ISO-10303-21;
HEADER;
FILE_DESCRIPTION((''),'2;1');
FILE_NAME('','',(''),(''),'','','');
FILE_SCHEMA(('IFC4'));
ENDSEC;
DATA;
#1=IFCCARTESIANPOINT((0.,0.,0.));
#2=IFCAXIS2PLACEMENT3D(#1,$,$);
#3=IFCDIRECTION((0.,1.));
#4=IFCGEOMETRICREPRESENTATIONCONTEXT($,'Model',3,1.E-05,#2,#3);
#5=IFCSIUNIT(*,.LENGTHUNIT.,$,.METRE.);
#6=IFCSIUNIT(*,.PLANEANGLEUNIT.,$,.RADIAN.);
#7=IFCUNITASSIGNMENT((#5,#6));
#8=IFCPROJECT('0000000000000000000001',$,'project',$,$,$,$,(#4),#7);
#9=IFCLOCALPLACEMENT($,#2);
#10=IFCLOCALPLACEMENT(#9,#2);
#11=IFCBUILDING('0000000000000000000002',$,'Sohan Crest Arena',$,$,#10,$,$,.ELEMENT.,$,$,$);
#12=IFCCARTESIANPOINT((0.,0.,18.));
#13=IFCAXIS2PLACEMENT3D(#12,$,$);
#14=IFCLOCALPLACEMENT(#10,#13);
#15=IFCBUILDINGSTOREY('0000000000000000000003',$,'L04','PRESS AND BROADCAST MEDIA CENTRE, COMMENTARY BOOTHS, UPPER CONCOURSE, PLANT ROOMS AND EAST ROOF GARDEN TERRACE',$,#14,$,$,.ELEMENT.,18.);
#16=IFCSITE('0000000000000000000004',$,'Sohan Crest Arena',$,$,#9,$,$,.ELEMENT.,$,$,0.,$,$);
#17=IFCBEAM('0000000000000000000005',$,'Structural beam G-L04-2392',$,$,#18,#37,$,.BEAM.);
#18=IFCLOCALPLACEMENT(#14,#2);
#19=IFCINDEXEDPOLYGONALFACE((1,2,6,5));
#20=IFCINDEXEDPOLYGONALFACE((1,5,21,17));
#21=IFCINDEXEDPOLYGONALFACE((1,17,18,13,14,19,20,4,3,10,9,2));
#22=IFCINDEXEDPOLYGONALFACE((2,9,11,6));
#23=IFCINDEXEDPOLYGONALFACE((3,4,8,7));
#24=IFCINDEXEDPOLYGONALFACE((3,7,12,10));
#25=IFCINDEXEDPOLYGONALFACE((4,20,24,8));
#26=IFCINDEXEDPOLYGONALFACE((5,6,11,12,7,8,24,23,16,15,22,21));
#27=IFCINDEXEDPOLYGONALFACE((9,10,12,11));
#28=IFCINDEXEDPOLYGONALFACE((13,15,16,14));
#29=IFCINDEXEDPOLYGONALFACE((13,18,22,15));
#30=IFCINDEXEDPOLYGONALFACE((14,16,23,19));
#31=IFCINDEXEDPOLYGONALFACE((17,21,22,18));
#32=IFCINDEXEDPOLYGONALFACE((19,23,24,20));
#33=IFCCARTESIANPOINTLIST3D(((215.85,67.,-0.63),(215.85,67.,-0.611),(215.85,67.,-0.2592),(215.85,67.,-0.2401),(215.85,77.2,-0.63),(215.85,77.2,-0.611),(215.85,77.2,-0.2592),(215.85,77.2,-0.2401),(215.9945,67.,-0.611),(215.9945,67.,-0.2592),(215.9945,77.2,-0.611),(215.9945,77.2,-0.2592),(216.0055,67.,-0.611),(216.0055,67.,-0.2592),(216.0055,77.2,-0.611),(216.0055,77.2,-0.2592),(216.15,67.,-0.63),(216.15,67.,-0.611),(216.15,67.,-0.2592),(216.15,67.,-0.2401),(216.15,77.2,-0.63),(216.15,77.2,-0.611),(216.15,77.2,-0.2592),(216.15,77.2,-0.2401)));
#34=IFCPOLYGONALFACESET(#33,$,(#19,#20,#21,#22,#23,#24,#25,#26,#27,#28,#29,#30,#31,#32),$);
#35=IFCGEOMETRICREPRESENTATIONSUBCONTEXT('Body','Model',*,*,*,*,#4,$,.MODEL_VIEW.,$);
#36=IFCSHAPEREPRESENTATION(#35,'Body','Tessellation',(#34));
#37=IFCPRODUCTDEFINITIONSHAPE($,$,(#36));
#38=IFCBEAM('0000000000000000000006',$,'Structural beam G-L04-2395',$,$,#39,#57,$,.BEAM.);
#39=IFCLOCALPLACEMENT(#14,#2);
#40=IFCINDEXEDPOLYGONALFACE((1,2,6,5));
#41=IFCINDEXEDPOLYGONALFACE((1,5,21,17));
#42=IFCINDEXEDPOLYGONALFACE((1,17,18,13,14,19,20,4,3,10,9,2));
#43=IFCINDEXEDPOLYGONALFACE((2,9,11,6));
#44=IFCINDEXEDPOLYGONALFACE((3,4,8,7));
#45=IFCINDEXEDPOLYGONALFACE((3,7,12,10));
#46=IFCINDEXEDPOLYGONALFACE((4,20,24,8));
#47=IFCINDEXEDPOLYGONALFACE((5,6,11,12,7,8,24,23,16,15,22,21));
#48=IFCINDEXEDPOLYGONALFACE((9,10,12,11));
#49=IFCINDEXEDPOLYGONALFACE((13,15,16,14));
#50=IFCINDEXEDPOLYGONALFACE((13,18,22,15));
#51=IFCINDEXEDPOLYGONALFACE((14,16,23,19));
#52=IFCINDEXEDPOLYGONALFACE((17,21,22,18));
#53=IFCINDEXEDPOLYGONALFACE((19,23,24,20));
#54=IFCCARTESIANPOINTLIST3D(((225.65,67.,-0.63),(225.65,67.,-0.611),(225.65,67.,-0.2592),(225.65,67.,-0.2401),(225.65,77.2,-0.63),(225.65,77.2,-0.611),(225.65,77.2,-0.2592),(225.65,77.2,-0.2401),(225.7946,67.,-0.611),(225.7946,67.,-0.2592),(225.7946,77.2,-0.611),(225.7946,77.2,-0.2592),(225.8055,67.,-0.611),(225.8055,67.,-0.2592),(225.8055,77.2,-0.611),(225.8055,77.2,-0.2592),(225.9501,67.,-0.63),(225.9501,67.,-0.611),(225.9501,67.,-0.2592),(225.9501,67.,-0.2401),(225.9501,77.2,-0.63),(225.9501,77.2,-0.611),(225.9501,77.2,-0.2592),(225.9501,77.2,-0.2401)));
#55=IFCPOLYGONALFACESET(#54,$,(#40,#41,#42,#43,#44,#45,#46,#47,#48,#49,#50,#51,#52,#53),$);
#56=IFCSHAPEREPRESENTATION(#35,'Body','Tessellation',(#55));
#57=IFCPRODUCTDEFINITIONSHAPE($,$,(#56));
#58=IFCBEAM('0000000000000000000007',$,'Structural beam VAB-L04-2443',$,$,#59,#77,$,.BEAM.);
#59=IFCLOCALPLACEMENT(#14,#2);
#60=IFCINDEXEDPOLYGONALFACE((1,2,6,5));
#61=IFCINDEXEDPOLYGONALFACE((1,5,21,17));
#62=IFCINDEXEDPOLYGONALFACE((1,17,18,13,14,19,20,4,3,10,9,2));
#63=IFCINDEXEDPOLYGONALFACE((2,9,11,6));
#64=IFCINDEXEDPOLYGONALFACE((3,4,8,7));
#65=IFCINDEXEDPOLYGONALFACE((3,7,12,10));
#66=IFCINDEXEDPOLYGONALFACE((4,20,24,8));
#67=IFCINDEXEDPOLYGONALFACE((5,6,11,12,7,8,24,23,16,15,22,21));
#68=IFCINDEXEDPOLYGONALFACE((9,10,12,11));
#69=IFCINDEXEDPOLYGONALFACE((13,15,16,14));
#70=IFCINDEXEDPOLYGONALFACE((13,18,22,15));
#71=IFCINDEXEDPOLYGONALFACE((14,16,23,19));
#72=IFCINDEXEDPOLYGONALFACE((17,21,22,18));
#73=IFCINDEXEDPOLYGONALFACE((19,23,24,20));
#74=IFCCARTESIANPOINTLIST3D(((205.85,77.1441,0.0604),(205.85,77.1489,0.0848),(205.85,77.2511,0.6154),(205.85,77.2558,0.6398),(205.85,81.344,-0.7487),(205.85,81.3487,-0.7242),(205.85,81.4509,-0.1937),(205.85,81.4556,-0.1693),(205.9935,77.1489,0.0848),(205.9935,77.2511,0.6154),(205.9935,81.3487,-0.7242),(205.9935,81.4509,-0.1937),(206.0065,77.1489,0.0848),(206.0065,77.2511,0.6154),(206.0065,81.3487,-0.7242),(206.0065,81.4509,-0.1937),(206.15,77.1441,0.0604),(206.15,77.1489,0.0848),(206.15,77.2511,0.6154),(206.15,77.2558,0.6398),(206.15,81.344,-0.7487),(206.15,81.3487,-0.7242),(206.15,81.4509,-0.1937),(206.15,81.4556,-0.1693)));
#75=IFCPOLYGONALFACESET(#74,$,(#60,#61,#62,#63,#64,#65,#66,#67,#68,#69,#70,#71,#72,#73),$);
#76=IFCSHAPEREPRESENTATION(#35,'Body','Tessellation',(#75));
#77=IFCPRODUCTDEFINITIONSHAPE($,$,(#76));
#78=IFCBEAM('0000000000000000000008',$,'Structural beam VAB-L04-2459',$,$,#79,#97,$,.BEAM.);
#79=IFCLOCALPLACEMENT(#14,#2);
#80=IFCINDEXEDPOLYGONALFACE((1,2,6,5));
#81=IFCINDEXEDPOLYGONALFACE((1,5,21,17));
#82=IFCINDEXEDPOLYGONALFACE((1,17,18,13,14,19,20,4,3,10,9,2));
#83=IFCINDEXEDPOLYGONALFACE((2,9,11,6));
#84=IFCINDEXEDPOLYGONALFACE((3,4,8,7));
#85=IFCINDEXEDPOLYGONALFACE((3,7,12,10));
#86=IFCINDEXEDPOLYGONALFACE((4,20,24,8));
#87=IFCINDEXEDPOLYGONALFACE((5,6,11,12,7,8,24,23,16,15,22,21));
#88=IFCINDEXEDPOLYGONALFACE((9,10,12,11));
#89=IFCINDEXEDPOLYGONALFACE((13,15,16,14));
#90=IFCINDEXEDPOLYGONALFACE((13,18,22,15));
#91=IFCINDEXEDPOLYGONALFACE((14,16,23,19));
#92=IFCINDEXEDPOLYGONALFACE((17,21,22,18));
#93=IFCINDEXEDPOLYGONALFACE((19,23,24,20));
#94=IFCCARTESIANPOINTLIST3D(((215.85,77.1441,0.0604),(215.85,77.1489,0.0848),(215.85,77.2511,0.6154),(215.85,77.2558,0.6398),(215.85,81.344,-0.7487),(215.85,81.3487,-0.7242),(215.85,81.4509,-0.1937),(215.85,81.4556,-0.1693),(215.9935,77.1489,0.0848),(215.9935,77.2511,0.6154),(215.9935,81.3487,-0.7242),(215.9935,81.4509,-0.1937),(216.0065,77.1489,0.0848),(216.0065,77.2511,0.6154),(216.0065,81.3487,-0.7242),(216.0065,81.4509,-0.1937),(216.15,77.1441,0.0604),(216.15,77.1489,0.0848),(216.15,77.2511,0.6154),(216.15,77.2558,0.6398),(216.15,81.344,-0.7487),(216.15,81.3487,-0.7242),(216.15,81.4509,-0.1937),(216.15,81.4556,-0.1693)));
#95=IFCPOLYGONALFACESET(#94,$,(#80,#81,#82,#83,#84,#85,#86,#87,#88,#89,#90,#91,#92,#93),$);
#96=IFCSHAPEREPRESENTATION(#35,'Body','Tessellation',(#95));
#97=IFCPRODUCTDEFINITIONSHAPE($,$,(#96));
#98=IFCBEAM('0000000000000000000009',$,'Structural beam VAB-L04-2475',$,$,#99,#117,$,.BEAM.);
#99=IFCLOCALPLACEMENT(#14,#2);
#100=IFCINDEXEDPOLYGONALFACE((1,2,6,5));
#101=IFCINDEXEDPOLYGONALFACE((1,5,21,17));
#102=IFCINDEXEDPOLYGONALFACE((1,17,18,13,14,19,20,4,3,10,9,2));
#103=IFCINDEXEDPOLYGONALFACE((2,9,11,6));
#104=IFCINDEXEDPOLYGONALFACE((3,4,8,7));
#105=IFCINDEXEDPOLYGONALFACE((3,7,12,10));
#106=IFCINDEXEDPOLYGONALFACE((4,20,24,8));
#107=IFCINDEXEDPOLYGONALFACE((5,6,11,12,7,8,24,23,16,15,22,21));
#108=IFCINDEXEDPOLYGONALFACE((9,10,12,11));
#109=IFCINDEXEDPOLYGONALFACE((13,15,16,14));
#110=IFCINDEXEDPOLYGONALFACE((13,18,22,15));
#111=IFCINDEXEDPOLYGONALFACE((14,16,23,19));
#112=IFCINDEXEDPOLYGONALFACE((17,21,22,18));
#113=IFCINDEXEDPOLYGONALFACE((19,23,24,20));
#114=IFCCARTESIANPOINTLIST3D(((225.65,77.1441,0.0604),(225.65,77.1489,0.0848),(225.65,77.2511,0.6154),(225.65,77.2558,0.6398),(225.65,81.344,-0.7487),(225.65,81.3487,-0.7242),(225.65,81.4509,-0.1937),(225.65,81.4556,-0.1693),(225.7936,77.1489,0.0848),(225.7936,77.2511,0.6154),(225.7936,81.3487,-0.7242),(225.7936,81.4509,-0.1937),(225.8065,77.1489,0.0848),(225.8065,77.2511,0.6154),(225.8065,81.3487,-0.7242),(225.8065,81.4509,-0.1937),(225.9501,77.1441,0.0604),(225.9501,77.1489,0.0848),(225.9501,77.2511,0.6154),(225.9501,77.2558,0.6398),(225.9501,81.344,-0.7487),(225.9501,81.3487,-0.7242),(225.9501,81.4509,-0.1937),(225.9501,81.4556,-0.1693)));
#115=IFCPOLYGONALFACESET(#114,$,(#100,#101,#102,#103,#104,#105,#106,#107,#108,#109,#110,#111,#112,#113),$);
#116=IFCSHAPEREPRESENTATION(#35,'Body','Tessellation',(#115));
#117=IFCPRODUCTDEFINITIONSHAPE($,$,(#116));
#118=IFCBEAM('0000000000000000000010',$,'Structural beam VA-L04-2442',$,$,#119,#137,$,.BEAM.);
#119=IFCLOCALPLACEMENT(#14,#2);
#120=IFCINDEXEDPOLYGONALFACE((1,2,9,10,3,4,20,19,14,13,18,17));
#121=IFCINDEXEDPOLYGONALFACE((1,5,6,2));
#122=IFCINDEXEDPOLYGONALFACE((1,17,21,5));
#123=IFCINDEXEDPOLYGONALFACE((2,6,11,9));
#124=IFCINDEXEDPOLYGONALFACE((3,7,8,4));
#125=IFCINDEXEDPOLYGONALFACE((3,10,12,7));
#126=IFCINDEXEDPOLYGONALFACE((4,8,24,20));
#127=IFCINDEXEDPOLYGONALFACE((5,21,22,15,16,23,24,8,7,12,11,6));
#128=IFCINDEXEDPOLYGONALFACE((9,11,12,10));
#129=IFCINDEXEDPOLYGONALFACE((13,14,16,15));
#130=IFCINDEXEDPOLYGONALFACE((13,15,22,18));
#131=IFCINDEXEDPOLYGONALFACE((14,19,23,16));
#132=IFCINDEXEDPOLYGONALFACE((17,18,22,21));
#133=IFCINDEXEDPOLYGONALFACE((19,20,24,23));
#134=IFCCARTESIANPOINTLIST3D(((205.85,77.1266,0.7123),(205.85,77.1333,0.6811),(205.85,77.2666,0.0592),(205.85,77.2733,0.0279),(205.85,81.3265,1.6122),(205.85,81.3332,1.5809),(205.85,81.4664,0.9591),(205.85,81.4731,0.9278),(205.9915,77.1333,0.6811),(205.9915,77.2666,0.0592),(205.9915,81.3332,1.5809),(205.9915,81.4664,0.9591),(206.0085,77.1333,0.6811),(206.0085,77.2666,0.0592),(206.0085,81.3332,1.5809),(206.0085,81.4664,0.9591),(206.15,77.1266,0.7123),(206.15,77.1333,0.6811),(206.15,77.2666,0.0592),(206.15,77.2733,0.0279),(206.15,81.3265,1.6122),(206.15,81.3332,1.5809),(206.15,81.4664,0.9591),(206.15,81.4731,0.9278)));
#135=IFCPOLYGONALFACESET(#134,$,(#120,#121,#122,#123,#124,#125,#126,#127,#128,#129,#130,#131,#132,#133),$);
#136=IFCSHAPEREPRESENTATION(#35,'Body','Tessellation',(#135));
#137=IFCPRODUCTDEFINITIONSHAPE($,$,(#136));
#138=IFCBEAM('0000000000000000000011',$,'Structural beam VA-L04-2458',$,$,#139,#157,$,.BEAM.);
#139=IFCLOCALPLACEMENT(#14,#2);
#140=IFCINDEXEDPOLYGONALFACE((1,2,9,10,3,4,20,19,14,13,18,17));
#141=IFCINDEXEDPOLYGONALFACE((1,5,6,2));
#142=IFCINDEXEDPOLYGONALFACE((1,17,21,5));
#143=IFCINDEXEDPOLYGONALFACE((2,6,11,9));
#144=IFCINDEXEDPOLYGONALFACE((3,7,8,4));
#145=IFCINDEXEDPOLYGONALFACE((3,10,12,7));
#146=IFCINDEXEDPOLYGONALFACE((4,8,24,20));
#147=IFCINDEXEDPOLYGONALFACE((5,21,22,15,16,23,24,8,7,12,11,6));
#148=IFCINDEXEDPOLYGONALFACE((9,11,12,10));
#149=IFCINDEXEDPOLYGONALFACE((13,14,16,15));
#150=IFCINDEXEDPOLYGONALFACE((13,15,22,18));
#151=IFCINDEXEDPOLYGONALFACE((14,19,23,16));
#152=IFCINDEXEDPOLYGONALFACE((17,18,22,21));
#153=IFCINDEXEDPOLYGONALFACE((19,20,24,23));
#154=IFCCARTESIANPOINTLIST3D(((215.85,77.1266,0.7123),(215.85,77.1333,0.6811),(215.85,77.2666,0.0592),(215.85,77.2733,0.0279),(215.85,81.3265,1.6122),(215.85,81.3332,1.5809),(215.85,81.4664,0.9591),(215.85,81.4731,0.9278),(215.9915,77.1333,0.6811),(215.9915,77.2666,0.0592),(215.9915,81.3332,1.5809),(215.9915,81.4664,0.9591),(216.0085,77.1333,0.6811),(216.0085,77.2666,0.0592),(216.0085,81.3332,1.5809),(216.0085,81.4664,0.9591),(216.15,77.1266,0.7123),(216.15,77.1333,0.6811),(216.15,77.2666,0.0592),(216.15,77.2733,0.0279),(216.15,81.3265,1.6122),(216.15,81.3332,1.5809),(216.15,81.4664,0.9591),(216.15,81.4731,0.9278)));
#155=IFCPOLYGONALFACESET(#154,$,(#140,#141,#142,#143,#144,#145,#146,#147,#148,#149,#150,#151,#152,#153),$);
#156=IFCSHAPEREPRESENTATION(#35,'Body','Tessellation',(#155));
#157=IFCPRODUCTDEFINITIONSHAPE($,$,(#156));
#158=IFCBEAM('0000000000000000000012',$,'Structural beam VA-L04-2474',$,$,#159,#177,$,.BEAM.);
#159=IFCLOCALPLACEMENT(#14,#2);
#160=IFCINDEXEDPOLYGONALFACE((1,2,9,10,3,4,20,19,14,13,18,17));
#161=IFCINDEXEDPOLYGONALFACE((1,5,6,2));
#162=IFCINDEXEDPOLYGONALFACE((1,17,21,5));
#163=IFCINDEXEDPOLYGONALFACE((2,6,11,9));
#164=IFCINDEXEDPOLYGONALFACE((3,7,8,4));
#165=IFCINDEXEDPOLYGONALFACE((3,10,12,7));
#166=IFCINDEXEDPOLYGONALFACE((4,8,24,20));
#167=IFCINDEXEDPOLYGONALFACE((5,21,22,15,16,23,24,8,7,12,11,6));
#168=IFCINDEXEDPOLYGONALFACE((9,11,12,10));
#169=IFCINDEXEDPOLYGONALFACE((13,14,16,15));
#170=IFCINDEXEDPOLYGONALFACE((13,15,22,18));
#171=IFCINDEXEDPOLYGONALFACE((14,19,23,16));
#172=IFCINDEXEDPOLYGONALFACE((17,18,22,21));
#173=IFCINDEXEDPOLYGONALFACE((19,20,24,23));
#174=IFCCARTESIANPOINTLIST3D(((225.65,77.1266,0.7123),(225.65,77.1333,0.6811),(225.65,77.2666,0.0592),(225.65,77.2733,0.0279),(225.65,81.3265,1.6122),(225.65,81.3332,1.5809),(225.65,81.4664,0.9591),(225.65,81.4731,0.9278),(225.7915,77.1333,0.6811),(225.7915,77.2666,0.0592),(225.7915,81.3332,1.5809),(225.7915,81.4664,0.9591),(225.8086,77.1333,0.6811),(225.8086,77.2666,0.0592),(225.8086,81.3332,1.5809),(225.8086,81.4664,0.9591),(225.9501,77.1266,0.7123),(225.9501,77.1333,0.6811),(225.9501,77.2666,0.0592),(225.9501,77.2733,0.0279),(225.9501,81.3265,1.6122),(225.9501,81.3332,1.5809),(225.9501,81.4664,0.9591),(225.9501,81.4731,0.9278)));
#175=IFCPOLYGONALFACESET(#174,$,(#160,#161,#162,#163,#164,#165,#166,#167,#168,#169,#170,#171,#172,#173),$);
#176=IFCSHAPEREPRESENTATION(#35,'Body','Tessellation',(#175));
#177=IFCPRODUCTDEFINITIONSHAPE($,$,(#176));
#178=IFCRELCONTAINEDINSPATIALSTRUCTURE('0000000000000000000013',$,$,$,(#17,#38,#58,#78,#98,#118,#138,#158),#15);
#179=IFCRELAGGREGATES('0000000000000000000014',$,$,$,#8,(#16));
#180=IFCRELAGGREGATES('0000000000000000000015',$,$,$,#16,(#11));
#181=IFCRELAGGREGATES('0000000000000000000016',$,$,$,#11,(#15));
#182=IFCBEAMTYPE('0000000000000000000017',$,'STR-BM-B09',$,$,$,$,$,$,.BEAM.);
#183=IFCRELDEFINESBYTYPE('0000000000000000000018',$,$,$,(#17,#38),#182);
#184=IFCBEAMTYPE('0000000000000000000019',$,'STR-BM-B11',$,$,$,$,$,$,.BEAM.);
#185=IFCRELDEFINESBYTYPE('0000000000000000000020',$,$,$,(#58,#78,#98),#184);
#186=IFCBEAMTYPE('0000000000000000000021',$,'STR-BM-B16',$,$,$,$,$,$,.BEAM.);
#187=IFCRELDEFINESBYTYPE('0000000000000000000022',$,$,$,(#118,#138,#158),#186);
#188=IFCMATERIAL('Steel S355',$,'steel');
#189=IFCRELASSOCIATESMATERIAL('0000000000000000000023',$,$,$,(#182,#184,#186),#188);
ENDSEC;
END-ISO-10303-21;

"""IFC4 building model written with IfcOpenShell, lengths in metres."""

from ifc_helpers import new_model, si_unit, direction, frame, origin, origin_2d, place, context, subcontext, project, spatial, i_section, extrude, material, material_profile, profile_set, type_object, element, save


model = new_model("IFC4")

# Units and contexts
model_context = context("Model", 3, precision=1e-05, world=origin(), true_north=direction((0.0, 1.0)))
body_context = subcontext(model_context, "Body", "Model", "MODEL_VIEW")
ifc_project = project(units=[si_unit("LENGTHUNIT", "METRE"), si_unit("PLANEANGLEUNIT", "RADIAN")], contexts=[model_context])

# Site, building, storey
site_placement = place(None, origin())
site = spatial("IfcSite", under=ifc_project, at=site_placement, Name="Sohan Crest Arena", CompositionType="ELEMENT", RefElevation=0.0)
building_placement = place(site_placement, origin())
building = spatial("IfcBuilding", under=site, at=building_placement, Name="Sohan Crest Arena", CompositionType="ELEMENT")
storey_placement = place(building_placement, frame((0.0, 0.0, 18.0)))
storey = spatial("IfcBuildingStorey", under=building, at=storey_placement, Name="L04", Description="PRESS AND BROADCAST MEDIA CENTRE, COMMENTARY BOOTHS, UPPER CONCOURSE, PLANT ROOMS AND EAST ROOF GARDEN TERRACE", CompositionType="ELEMENT", Elevation=18.0)

# Beams
ifc_material_1 = material(Name="Steel S355", Category="steel")
ifc_material_profile_1 = material_profile(ifc_material_1, i_section(OverallWidth=0.3, OverallDepth=0.3899, WebThickness=0.011, FlangeThickness=0.019, at=origin_2d()), Name="HEA 400")
ifc_profile_set_1 = profile_set([ifc_material_profile_1], Name="Steel S355")
beam_type_1 = type_object("IfcBeamType", Name="STR-BM-B09", PredefinedType="BEAM", material=ifc_profile_set_1)
for number, where, z_axis, x_axis, name in (
    (1, (216.0, 67.0, -0.4351), (0.0, 1.0, 0.0), (-1.0, 0.0, 0.0), "Structural beam G-L04-2392"),
    (2, (225.8, 67.0, -0.4351), (0.0, 1.0, 0.0), (-1.0, 0.0, 0.0), "Structural beam G-L04-2395"),
):
    element("IfcBeam", number, at=place(storey_placement, frame(where, z_axis=z_axis, x_axis=x_axis)), inside=storey, type_object=beam_type_1, Name=name, PredefinedType="BEAM", context=body_context, shape_type="SweptSolid", body=[
        extrude(i_section(OverallWidth=0.3, OverallDepth=0.3899, WebThickness=0.011, FlangeThickness=0.019, at=origin_2d()), origin(), (0.0, 0.0, 1.0), 10.2),
    ])
ifc_material_profile_2 = material_profile(ifc_material_1, i_section(OverallWidth=0.3, OverallDepth=0.5901, WebThickness=0.0129, FlangeThickness=0.0249, at=origin_2d()), Name="HEA 600")
ifc_profile_set_2 = profile_set([ifc_material_profile_2], Name="Steel S355")
beam_type_2 = type_object("IfcBeamType", Name="STR-BM-B11", PredefinedType="BEAM", material=ifc_profile_set_2)
for number, where, z_axis, x_axis, name in (
    (3, (206.0, 77.2, 0.3501), (0.0, 0.981946, -0.189163), (-1.0, 0.0, 0.0), "Structural beam VAB-L04-2443"),
    (4, (216.0, 77.2, 0.3501), (0.0, 0.981946, -0.189163), (-1.0, 0.0, 0.0), "Structural beam VAB-L04-2459"),
    (5, (225.8, 77.2, 0.3501), (0.0, 0.981946, -0.189163), (-1.0, 0.0, 0.0), "Structural beam VAB-L04-2475"),
):
    element("IfcBeam", number, at=place(storey_placement, frame(where, z_axis=z_axis, x_axis=x_axis)), inside=storey, type_object=beam_type_2, Name=name, PredefinedType="BEAM", context=body_context, shape_type="SweptSolid", body=[
        extrude(i_section(OverallWidth=0.3, OverallDepth=0.5901, WebThickness=0.0129, FlangeThickness=0.0249, at=origin_2d()), origin(), (0.0, 0.0, 1.0), 4.2771),
    ])
ifc_material_profile_3 = material_profile(ifc_material_1, i_section(OverallWidth=0.3, OverallDepth=0.7, WebThickness=0.0171, FlangeThickness=0.032, at=origin_2d()), Name="HEB 700")
ifc_profile_set_3 = profile_set([ifc_material_profile_3], Name="Steel S355")
beam_type_3 = type_object("IfcBeamType", Name="STR-BM-B16", PredefinedType="BEAM", material=ifc_profile_set_3)
for number, where, z_axis, x_axis, name in (
    (6, (206.0, 77.2, 0.3701), (0.0, 0.977807, 0.20951), (-1.0, 0.0, 0.0), "Structural beam VA-L04-2442"),
    (7, (216.0, 77.2, 0.3701), (0.0, 0.977807, 0.20951), (-1.0, 0.0, 0.0), "Structural beam VA-L04-2458"),
    (8, (225.8, 77.2, 0.3701), (0.0, 0.977807, 0.20951), (-1.0, 0.0, 0.0), "Structural beam VA-L04-2474"),
):
    element("IfcBeam", number, at=place(storey_placement, frame(where, z_axis=z_axis, x_axis=x_axis)), inside=storey, type_object=beam_type_3, Name=name, PredefinedType="BEAM", context=body_context, shape_type="SweptSolid", body=[
        extrude(i_section(OverallWidth=0.3, OverallDepth=0.7, WebThickness=0.0171, FlangeThickness=0.032, at=origin_2d()), origin(), (0.0, 0.0, 1.0), 4.2952),
    ])

save(model, "model.ifc")
